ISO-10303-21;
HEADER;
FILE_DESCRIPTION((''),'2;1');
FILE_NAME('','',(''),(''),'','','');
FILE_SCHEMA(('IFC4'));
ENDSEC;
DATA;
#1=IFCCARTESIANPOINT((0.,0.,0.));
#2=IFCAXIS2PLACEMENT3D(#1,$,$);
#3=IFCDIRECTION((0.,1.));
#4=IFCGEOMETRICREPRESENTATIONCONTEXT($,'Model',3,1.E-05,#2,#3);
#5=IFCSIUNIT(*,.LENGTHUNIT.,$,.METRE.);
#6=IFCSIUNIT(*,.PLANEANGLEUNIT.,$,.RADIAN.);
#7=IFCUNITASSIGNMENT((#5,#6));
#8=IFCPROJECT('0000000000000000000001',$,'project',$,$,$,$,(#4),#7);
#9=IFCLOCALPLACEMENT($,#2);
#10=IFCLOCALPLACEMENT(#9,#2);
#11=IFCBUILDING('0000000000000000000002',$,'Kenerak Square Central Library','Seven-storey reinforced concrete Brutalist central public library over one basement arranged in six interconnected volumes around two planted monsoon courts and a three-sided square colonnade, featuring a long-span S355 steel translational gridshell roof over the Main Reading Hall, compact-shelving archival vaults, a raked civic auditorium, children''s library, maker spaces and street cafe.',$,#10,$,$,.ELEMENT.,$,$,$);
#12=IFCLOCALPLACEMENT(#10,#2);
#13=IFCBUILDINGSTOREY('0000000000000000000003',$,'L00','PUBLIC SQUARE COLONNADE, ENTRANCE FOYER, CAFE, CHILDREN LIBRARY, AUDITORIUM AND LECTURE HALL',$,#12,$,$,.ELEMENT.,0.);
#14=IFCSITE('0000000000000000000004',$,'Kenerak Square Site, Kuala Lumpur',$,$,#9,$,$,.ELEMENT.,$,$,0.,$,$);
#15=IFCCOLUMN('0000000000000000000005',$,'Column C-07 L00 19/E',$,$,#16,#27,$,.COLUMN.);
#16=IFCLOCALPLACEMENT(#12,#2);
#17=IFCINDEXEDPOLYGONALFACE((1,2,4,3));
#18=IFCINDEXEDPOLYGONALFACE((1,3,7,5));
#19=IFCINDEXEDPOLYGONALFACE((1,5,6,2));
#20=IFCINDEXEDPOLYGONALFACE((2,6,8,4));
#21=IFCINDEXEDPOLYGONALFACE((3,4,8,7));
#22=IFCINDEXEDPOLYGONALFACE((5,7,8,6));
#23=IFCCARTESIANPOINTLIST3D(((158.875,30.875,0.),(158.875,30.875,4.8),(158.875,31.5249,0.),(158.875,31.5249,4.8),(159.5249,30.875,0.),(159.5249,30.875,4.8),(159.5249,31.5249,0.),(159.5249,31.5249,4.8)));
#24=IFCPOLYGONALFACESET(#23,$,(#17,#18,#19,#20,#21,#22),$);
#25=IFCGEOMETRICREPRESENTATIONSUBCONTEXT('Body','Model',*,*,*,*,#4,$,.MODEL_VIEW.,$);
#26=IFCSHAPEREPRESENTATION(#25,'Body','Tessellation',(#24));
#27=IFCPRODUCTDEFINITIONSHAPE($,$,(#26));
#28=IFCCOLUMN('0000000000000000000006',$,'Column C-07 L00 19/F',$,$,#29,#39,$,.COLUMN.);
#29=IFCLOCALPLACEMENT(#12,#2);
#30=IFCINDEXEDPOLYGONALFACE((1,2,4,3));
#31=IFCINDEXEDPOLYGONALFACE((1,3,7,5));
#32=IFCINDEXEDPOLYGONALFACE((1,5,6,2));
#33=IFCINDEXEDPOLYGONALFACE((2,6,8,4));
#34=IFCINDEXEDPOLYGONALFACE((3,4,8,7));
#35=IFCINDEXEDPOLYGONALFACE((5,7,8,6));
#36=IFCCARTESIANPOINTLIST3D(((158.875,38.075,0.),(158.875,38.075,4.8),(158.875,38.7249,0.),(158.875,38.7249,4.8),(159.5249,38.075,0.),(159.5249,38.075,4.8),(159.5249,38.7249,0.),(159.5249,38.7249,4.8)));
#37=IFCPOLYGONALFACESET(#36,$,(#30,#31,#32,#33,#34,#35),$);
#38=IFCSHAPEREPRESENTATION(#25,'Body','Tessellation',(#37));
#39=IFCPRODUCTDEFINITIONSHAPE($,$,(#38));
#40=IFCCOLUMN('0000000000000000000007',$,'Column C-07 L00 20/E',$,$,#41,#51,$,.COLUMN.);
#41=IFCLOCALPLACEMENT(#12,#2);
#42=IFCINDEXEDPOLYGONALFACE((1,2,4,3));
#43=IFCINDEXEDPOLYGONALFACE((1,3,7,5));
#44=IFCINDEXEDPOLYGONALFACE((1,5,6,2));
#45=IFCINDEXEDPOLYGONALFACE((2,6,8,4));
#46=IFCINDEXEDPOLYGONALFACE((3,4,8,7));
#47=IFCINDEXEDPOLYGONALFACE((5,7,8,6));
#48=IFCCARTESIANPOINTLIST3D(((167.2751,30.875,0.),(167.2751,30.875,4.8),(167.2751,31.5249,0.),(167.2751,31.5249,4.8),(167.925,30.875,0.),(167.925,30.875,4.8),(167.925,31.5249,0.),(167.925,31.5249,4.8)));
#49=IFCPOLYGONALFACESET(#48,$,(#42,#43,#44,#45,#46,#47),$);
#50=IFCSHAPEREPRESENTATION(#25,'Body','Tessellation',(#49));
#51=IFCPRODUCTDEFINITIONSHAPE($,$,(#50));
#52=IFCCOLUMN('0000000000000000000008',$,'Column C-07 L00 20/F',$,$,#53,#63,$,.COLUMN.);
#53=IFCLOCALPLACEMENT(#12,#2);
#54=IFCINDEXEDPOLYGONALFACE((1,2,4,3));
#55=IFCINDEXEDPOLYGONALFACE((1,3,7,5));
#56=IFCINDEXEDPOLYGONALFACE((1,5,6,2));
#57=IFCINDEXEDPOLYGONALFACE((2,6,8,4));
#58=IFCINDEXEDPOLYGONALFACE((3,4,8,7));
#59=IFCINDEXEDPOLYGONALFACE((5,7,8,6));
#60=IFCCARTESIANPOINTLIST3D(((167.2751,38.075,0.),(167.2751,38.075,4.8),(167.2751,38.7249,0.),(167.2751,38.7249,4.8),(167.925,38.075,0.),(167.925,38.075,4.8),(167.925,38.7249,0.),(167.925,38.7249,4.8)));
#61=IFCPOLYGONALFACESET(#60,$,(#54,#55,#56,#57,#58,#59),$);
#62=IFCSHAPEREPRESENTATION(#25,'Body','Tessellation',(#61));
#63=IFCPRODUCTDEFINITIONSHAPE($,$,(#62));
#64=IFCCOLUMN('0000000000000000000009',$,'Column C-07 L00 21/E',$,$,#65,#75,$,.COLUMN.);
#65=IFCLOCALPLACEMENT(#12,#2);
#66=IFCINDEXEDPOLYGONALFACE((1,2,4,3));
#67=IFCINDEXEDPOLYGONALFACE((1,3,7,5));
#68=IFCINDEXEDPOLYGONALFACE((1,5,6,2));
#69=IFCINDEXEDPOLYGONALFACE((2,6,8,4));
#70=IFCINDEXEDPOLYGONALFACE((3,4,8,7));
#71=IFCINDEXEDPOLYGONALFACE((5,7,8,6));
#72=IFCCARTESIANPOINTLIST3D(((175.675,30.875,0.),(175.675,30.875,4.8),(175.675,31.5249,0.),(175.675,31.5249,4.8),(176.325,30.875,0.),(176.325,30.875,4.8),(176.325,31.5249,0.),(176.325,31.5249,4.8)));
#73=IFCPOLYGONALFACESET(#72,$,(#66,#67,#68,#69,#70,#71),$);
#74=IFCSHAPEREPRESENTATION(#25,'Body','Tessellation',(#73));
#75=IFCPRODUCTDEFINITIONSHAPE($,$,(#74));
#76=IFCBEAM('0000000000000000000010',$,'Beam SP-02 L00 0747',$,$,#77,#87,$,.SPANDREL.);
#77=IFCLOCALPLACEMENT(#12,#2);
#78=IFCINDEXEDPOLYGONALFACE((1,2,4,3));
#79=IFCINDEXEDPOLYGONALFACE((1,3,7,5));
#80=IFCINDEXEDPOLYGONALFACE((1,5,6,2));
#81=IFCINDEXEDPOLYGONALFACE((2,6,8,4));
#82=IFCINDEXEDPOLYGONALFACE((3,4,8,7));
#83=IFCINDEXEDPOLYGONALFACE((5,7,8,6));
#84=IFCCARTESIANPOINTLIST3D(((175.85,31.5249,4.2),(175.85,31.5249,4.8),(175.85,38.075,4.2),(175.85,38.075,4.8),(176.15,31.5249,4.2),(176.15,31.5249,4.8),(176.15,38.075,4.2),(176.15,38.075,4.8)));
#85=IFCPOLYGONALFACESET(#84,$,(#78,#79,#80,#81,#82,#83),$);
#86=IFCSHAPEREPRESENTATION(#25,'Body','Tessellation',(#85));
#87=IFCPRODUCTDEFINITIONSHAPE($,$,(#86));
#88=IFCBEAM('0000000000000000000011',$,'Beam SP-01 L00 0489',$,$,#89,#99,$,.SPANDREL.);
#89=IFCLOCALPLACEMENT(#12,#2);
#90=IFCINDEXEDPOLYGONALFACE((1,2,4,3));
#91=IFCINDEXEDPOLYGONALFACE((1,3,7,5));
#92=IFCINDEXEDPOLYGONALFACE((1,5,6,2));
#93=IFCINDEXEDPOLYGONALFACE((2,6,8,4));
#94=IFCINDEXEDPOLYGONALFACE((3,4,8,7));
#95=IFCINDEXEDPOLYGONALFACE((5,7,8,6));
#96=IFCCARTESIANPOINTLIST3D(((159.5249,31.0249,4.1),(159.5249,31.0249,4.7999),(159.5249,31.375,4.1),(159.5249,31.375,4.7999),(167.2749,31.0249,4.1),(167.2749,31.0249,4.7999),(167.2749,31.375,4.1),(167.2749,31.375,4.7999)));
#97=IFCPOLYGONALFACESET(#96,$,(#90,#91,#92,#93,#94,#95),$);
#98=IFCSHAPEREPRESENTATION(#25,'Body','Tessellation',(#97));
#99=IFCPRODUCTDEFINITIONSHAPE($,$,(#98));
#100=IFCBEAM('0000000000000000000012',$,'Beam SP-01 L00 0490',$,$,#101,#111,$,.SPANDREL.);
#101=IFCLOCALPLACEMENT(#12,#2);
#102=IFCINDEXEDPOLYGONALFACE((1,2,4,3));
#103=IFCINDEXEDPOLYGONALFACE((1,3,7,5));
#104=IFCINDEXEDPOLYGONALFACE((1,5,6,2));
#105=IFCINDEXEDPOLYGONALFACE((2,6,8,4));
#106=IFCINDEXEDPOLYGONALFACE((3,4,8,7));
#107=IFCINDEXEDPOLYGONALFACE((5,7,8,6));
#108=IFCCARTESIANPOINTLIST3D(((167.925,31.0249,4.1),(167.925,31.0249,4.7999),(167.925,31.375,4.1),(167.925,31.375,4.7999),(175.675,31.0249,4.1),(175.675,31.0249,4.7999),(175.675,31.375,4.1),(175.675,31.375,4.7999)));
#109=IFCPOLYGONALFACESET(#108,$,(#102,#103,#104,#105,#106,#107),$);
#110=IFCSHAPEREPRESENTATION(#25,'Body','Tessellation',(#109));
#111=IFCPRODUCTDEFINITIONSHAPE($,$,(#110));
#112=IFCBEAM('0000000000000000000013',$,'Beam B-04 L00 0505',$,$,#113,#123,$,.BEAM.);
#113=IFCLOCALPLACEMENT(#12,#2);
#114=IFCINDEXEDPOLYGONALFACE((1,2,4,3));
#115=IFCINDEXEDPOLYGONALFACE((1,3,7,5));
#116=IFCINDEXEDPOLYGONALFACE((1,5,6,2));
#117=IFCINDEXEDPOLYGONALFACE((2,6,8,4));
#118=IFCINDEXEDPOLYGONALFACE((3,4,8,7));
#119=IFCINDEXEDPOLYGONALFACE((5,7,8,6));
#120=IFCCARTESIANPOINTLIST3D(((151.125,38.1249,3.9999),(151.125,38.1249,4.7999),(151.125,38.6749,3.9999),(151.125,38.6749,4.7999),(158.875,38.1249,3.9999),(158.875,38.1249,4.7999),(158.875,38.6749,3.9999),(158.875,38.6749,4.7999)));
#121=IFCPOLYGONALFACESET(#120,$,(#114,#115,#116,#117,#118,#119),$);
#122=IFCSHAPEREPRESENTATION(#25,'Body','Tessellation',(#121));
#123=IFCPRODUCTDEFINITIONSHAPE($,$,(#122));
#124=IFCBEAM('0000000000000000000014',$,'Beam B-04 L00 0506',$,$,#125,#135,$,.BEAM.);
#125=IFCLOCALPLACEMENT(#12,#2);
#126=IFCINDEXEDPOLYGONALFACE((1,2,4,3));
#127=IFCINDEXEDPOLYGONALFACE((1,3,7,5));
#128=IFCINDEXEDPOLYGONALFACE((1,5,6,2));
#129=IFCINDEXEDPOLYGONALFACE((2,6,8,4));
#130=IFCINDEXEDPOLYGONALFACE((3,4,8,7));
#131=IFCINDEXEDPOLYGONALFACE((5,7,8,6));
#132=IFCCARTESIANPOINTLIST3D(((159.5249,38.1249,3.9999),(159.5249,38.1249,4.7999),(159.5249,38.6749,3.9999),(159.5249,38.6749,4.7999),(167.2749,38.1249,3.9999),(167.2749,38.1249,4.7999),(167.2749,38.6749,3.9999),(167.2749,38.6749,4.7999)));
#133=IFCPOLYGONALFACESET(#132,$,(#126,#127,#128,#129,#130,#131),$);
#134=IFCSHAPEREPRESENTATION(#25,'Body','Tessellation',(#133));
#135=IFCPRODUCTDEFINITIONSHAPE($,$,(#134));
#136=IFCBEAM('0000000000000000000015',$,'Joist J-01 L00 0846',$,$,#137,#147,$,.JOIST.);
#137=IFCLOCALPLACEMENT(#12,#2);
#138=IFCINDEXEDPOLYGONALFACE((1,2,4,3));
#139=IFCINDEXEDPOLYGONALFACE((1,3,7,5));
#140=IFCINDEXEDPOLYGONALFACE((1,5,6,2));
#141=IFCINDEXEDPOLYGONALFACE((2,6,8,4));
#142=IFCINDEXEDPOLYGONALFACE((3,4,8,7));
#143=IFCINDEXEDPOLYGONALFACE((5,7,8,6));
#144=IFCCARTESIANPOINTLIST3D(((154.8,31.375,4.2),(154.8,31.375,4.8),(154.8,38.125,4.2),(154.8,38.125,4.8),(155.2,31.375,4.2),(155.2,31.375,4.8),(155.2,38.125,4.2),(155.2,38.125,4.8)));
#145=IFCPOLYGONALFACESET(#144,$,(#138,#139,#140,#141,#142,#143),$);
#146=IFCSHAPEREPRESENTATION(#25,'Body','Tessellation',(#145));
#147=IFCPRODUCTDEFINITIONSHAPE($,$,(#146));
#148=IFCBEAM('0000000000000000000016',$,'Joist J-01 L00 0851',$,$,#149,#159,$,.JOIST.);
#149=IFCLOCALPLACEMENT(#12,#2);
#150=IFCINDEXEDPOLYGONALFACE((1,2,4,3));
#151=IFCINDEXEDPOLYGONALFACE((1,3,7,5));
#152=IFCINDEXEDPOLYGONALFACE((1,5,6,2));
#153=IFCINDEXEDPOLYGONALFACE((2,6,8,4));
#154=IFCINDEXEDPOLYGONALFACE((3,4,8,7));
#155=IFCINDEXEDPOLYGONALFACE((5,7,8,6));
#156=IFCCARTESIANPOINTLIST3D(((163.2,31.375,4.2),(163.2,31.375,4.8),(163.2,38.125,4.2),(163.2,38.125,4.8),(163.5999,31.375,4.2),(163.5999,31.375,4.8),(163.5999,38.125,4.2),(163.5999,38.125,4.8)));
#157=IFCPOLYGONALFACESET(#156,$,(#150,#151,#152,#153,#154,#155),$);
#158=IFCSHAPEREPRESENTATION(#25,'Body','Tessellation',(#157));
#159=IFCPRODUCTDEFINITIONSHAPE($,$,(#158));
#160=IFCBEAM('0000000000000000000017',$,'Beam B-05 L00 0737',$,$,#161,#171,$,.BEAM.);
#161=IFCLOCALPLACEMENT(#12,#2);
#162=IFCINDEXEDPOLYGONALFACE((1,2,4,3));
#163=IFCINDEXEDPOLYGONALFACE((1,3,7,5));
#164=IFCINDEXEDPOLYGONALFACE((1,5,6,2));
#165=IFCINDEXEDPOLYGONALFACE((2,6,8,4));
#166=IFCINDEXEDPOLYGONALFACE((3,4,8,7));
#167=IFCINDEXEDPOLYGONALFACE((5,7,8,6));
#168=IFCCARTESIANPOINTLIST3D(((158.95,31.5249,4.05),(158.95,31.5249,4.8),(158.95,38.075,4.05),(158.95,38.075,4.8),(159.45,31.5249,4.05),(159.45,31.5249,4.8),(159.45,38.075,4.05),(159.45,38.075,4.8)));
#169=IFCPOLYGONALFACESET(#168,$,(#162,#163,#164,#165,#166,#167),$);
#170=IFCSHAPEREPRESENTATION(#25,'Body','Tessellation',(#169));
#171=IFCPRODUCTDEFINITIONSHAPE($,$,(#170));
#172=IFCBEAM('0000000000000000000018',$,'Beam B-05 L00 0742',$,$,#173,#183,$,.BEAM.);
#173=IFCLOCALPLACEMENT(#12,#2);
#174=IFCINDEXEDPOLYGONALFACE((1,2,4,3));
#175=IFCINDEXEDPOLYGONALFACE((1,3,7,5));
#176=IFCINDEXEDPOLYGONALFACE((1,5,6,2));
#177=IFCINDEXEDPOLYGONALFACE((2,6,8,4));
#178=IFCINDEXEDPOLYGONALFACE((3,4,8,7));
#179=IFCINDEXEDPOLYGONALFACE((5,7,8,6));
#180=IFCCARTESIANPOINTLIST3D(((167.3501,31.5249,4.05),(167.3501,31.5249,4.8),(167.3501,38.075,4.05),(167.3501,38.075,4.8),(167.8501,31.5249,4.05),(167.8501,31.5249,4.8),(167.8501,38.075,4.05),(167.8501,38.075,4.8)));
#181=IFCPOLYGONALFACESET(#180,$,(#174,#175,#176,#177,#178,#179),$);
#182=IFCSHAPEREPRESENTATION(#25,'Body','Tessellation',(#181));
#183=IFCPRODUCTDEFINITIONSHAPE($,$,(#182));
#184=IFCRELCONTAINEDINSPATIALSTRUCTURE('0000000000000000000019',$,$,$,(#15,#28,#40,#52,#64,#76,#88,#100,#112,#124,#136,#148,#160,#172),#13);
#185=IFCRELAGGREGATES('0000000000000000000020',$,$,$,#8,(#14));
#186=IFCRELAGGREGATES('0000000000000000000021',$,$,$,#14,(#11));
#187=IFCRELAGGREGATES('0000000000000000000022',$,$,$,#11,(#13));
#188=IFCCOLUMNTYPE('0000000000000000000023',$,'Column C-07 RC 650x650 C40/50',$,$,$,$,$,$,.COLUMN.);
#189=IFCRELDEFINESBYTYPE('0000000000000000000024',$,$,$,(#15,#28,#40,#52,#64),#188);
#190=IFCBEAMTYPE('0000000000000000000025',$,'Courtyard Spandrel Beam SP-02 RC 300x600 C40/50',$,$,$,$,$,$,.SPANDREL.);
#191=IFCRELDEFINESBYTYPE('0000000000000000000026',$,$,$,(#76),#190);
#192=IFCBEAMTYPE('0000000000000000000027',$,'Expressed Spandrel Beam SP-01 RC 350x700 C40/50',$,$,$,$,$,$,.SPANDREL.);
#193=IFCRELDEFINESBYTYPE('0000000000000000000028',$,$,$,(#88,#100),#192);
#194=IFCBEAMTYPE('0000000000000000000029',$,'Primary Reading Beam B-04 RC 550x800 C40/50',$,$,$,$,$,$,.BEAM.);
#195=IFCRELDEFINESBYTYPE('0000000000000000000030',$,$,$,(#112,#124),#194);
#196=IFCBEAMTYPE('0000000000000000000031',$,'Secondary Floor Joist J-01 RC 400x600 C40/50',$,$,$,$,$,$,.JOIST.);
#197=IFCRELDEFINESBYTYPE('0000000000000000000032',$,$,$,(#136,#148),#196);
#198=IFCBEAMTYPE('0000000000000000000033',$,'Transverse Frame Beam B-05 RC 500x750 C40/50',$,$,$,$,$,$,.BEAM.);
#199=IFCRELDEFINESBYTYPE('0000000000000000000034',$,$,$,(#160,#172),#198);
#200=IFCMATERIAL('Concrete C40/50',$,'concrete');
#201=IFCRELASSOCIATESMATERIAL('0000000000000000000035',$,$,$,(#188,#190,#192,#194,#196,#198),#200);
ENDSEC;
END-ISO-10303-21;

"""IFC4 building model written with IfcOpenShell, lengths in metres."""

from ifc_helpers import new_model, si_unit, direction, frame, origin, origin_2d, place, context, subcontext, project, spatial, rectangle, extrude, material, material_profile, profile_set, type_object, element, save


model = new_model("IFC4")

# Units and contexts
model_context = context("Model", 3, precision=1e-05, world=origin(), true_north=direction((0.0, 1.0)))
body_context = subcontext(model_context, "Body", "Model", "MODEL_VIEW")
ifc_project = project(units=[si_unit("LENGTHUNIT", "METRE"), si_unit("PLANEANGLEUNIT", "RADIAN")], contexts=[model_context])

# Site, building, storey
site_placement = place(None, origin())
site = spatial("IfcSite", under=ifc_project, at=site_placement, Name="Kenerak Square Site, Kuala Lumpur", CompositionType="ELEMENT", RefElevation=0.0)
building_placement = place(site_placement, origin())
building = spatial("IfcBuilding", under=site, at=building_placement, Name="Kenerak Square Central Library", Description="Seven-storey reinforced concrete Brutalist central public library over one basement arranged in six interconnected volumes around two planted monsoon courts and a three-sided square colonnade, featuring a long-span S355 steel translational gridshell roof over the Main Reading Hall, compact-shelving archival vaults, a raked civic auditorium, children's library, maker spaces and street cafe.", CompositionType="ELEMENT")
storey_placement = place(building_placement, origin())
storey = spatial("IfcBuildingStorey", under=building, at=storey_placement, Name="L00", Description="PUBLIC SQUARE COLONNADE, ENTRANCE FOYER, CAFE, CHILDREN LIBRARY, AUDITORIUM AND LECTURE HALL", CompositionType="ELEMENT", Elevation=0.0)

# Columns
ifc_material_1 = material(Name="Concrete C40/50", Category="concrete")
ifc_material_profile_1 = material_profile(ifc_material_1, rectangle(XDim=0.6499, YDim=0.6499, at=origin_2d()), Name="RC 650x650")
ifc_profile_set_1 = profile_set([ifc_material_profile_1], Name="Concrete C40/50")
column_type = type_object("IfcColumnType", Name="Column C-07 RC 650x650 C40/50", PredefinedType="COLUMN", material=ifc_profile_set_1)
for number, where, z_axis, x_axis, name in (
    (1, (159.2, 31.2, 0.0), (0.0, 0.0, 1.0), (1.0, 0.0, 0.0), "Column C-07 L00 19/E"),
    (2, (159.2, 38.3999, 0.0), (0.0, 0.0, 1.0), (1.0, 0.0, 0.0), "Column C-07 L00 19/F"),
    (3, (167.6001, 31.2, 0.0), (0.0, 0.0, 1.0), (1.0, 0.0, 0.0), "Column C-07 L00 20/E"),
    (4, (167.6001, 38.3999, 0.0), (0.0, 0.0, 1.0), (1.0, 0.0, 0.0), "Column C-07 L00 20/F"),
    (5, (176.0, 31.2, 0.0), (0.0, 0.0, 1.0), (1.0, 0.0, 0.0), "Column C-07 L00 21/E"),
):
    element("IfcColumn", number, at=place(storey_placement, frame(where, z_axis=z_axis, x_axis=x_axis)), inside=storey, type_object=column_type, Name=name, PredefinedType="COLUMN", context=body_context, shape_type="SweptSolid", body=[
        extrude(rectangle(XDim=0.6499, YDim=0.6499, at=origin_2d()), origin(), (0.0, 0.0, 1.0), 4.8),
    ])

# Beams
ifc_material_profile_2 = material_profile(ifc_material_1, rectangle(XDim=0.3, YDim=0.6001, at=origin_2d()), Name="RC 300x600")
ifc_profile_set_2 = profile_set([ifc_material_profile_2], Name="Concrete C40/50")
beam_type_1 = type_object("IfcBeamType", Name="Courtyard Spandrel Beam SP-02 RC 300x600 C40/50", PredefinedType="SPANDREL", material=ifc_profile_set_2)
beam_placement = place(storey_placement, frame((176.0, 31.5249, 4.5), z_axis=(0.0, 1.0, 0.0), x_axis=(-1.0, 0.0, 0.0)))
element("IfcBeam", 6, at=beam_placement, inside=storey, type_object=beam_type_1, Name="Beam SP-02 L00 0747", PredefinedType="SPANDREL", context=body_context, shape_type="SweptSolid", body=[
    extrude(rectangle(XDim=0.3, YDim=0.6001, at=origin_2d()), origin(), (0.0, 0.0, 1.0), 6.55),
])
ifc_material_profile_3 = material_profile(ifc_material_1, rectangle(XDim=0.3501, YDim=0.7, at=origin_2d()), Name="RC 350x700")
ifc_profile_set_3 = profile_set([ifc_material_profile_3], Name="Concrete C40/50")
beam_type_2 = type_object("IfcBeamType", Name="Expressed Spandrel Beam SP-01 RC 350x700 C40/50", PredefinedType="SPANDREL", material=ifc_profile_set_3)
for number, where, z_axis, x_axis, name in (
    (7, (159.5249, 31.2, 4.45), (1.0, 0.0, 0.0), (0.0, 1.0, 0.0), "Beam SP-01 L00 0489"),
    (8, (167.925, 31.2, 4.45), (1.0, 0.0, 0.0), (0.0, 1.0, 0.0), "Beam SP-01 L00 0490"),
):
    element("IfcBeam", number, at=place(storey_placement, frame(where, z_axis=z_axis, x_axis=x_axis)), inside=storey, type_object=beam_type_2, Name=name, PredefinedType="SPANDREL", context=body_context, shape_type="SweptSolid", body=[
        extrude(rectangle(XDim=0.3501, YDim=0.7, at=origin_2d()), origin(), (0.0, 0.0, 1.0), 7.75),
    ])
ifc_material_profile_4 = material_profile(ifc_material_1, rectangle(XDim=0.55, YDim=0.8, at=origin_2d()), Name="RC 550x800")
ifc_profile_set_4 = profile_set([ifc_material_profile_4], Name="Concrete C40/50")
beam_type_3 = type_object("IfcBeamType", Name="Primary Reading Beam B-04 RC 550x800 C40/50", PredefinedType="BEAM", material=ifc_profile_set_4)
for number, where, z_axis, x_axis, name in (
    (9, (151.125, 38.3999, 4.3999), (1.0, 0.0, 0.0), (0.0, 1.0, 0.0), "Beam B-04 L00 0505"),
    (10, (159.5249, 38.3999, 4.3999), (1.0, 0.0, 0.0), (0.0, 1.0, 0.0), "Beam B-04 L00 0506"),
):
    element("IfcBeam", number, at=place(storey_placement, frame(where, z_axis=z_axis, x_axis=x_axis)), inside=storey, type_object=beam_type_3, Name=name, PredefinedType="BEAM", context=body_context, shape_type="SweptSolid", body=[
        extrude(rectangle(XDim=0.55, YDim=0.8, at=origin_2d()), origin(), (0.0, 0.0, 1.0), 7.75),
    ])
ifc_material_profile_5 = material_profile(ifc_material_1, rectangle(XDim=0.3999, YDim=0.6001, at=origin_2d()), Name="RC 400x600")
ifc_profile_set_5 = profile_set([ifc_material_profile_5], Name="Concrete C40/50")
beam_type_4 = type_object("IfcBeamType", Name="Secondary Floor Joist J-01 RC 400x600 C40/50", PredefinedType="JOIST", material=ifc_profile_set_5)
for number, where, z_axis, x_axis, name in (
    (11, (155.0, 31.375, 4.5), (0.0, 1.0, 0.0), (-1.0, 0.0, 0.0), "Joist J-01 L00 0846"),
    (12, (163.3999, 31.375, 4.5), (0.0, 1.0, 0.0), (-1.0, 0.0, 0.0), "Joist J-01 L00 0851"),
):
    element("IfcBeam", number, at=place(storey_placement, frame(where, z_axis=z_axis, x_axis=x_axis)), inside=storey, type_object=beam_type_4, Name=name, PredefinedType="JOIST", context=body_context, shape_type="SweptSolid", body=[
        extrude(rectangle(XDim=0.3999, YDim=0.6001, at=origin_2d()), origin(), (0.0, 0.0, 1.0), 6.75),
    ])
ifc_material_profile_6 = material_profile(ifc_material_1, rectangle(XDim=0.5, YDim=0.75, at=origin_2d()), Name="RC 500x750")
ifc_profile_set_6 = profile_set([ifc_material_profile_6], Name="Concrete C40/50")
beam_type_5 = type_object("IfcBeamType", Name="Transverse Frame Beam B-05 RC 500x750 C40/50", PredefinedType="BEAM", material=ifc_profile_set_6)
for number, where, z_axis, x_axis, name in (
    (13, (159.2, 31.5249, 4.425), (0.0, 1.0, 0.0), (-1.0, 0.0, 0.0), "Beam B-05 L00 0737"),
    (14, (167.6001, 31.5249, 4.425), (0.0, 1.0, 0.0), (-1.0, 0.0, 0.0), "Beam B-05 L00 0742"),
):
    element("IfcBeam", number, at=place(storey_placement, frame(where, z_axis=z_axis, x_axis=x_axis)), inside=storey, type_object=beam_type_5, Name=name, PredefinedType="BEAM", context=body_context, shape_type="SweptSolid", body=[
        extrude(rectangle(XDim=0.5, YDim=0.75, at=origin_2d()), origin(), (0.0, 0.0, 1.0), 6.55),
    ])

save(model, "model.ifc")
